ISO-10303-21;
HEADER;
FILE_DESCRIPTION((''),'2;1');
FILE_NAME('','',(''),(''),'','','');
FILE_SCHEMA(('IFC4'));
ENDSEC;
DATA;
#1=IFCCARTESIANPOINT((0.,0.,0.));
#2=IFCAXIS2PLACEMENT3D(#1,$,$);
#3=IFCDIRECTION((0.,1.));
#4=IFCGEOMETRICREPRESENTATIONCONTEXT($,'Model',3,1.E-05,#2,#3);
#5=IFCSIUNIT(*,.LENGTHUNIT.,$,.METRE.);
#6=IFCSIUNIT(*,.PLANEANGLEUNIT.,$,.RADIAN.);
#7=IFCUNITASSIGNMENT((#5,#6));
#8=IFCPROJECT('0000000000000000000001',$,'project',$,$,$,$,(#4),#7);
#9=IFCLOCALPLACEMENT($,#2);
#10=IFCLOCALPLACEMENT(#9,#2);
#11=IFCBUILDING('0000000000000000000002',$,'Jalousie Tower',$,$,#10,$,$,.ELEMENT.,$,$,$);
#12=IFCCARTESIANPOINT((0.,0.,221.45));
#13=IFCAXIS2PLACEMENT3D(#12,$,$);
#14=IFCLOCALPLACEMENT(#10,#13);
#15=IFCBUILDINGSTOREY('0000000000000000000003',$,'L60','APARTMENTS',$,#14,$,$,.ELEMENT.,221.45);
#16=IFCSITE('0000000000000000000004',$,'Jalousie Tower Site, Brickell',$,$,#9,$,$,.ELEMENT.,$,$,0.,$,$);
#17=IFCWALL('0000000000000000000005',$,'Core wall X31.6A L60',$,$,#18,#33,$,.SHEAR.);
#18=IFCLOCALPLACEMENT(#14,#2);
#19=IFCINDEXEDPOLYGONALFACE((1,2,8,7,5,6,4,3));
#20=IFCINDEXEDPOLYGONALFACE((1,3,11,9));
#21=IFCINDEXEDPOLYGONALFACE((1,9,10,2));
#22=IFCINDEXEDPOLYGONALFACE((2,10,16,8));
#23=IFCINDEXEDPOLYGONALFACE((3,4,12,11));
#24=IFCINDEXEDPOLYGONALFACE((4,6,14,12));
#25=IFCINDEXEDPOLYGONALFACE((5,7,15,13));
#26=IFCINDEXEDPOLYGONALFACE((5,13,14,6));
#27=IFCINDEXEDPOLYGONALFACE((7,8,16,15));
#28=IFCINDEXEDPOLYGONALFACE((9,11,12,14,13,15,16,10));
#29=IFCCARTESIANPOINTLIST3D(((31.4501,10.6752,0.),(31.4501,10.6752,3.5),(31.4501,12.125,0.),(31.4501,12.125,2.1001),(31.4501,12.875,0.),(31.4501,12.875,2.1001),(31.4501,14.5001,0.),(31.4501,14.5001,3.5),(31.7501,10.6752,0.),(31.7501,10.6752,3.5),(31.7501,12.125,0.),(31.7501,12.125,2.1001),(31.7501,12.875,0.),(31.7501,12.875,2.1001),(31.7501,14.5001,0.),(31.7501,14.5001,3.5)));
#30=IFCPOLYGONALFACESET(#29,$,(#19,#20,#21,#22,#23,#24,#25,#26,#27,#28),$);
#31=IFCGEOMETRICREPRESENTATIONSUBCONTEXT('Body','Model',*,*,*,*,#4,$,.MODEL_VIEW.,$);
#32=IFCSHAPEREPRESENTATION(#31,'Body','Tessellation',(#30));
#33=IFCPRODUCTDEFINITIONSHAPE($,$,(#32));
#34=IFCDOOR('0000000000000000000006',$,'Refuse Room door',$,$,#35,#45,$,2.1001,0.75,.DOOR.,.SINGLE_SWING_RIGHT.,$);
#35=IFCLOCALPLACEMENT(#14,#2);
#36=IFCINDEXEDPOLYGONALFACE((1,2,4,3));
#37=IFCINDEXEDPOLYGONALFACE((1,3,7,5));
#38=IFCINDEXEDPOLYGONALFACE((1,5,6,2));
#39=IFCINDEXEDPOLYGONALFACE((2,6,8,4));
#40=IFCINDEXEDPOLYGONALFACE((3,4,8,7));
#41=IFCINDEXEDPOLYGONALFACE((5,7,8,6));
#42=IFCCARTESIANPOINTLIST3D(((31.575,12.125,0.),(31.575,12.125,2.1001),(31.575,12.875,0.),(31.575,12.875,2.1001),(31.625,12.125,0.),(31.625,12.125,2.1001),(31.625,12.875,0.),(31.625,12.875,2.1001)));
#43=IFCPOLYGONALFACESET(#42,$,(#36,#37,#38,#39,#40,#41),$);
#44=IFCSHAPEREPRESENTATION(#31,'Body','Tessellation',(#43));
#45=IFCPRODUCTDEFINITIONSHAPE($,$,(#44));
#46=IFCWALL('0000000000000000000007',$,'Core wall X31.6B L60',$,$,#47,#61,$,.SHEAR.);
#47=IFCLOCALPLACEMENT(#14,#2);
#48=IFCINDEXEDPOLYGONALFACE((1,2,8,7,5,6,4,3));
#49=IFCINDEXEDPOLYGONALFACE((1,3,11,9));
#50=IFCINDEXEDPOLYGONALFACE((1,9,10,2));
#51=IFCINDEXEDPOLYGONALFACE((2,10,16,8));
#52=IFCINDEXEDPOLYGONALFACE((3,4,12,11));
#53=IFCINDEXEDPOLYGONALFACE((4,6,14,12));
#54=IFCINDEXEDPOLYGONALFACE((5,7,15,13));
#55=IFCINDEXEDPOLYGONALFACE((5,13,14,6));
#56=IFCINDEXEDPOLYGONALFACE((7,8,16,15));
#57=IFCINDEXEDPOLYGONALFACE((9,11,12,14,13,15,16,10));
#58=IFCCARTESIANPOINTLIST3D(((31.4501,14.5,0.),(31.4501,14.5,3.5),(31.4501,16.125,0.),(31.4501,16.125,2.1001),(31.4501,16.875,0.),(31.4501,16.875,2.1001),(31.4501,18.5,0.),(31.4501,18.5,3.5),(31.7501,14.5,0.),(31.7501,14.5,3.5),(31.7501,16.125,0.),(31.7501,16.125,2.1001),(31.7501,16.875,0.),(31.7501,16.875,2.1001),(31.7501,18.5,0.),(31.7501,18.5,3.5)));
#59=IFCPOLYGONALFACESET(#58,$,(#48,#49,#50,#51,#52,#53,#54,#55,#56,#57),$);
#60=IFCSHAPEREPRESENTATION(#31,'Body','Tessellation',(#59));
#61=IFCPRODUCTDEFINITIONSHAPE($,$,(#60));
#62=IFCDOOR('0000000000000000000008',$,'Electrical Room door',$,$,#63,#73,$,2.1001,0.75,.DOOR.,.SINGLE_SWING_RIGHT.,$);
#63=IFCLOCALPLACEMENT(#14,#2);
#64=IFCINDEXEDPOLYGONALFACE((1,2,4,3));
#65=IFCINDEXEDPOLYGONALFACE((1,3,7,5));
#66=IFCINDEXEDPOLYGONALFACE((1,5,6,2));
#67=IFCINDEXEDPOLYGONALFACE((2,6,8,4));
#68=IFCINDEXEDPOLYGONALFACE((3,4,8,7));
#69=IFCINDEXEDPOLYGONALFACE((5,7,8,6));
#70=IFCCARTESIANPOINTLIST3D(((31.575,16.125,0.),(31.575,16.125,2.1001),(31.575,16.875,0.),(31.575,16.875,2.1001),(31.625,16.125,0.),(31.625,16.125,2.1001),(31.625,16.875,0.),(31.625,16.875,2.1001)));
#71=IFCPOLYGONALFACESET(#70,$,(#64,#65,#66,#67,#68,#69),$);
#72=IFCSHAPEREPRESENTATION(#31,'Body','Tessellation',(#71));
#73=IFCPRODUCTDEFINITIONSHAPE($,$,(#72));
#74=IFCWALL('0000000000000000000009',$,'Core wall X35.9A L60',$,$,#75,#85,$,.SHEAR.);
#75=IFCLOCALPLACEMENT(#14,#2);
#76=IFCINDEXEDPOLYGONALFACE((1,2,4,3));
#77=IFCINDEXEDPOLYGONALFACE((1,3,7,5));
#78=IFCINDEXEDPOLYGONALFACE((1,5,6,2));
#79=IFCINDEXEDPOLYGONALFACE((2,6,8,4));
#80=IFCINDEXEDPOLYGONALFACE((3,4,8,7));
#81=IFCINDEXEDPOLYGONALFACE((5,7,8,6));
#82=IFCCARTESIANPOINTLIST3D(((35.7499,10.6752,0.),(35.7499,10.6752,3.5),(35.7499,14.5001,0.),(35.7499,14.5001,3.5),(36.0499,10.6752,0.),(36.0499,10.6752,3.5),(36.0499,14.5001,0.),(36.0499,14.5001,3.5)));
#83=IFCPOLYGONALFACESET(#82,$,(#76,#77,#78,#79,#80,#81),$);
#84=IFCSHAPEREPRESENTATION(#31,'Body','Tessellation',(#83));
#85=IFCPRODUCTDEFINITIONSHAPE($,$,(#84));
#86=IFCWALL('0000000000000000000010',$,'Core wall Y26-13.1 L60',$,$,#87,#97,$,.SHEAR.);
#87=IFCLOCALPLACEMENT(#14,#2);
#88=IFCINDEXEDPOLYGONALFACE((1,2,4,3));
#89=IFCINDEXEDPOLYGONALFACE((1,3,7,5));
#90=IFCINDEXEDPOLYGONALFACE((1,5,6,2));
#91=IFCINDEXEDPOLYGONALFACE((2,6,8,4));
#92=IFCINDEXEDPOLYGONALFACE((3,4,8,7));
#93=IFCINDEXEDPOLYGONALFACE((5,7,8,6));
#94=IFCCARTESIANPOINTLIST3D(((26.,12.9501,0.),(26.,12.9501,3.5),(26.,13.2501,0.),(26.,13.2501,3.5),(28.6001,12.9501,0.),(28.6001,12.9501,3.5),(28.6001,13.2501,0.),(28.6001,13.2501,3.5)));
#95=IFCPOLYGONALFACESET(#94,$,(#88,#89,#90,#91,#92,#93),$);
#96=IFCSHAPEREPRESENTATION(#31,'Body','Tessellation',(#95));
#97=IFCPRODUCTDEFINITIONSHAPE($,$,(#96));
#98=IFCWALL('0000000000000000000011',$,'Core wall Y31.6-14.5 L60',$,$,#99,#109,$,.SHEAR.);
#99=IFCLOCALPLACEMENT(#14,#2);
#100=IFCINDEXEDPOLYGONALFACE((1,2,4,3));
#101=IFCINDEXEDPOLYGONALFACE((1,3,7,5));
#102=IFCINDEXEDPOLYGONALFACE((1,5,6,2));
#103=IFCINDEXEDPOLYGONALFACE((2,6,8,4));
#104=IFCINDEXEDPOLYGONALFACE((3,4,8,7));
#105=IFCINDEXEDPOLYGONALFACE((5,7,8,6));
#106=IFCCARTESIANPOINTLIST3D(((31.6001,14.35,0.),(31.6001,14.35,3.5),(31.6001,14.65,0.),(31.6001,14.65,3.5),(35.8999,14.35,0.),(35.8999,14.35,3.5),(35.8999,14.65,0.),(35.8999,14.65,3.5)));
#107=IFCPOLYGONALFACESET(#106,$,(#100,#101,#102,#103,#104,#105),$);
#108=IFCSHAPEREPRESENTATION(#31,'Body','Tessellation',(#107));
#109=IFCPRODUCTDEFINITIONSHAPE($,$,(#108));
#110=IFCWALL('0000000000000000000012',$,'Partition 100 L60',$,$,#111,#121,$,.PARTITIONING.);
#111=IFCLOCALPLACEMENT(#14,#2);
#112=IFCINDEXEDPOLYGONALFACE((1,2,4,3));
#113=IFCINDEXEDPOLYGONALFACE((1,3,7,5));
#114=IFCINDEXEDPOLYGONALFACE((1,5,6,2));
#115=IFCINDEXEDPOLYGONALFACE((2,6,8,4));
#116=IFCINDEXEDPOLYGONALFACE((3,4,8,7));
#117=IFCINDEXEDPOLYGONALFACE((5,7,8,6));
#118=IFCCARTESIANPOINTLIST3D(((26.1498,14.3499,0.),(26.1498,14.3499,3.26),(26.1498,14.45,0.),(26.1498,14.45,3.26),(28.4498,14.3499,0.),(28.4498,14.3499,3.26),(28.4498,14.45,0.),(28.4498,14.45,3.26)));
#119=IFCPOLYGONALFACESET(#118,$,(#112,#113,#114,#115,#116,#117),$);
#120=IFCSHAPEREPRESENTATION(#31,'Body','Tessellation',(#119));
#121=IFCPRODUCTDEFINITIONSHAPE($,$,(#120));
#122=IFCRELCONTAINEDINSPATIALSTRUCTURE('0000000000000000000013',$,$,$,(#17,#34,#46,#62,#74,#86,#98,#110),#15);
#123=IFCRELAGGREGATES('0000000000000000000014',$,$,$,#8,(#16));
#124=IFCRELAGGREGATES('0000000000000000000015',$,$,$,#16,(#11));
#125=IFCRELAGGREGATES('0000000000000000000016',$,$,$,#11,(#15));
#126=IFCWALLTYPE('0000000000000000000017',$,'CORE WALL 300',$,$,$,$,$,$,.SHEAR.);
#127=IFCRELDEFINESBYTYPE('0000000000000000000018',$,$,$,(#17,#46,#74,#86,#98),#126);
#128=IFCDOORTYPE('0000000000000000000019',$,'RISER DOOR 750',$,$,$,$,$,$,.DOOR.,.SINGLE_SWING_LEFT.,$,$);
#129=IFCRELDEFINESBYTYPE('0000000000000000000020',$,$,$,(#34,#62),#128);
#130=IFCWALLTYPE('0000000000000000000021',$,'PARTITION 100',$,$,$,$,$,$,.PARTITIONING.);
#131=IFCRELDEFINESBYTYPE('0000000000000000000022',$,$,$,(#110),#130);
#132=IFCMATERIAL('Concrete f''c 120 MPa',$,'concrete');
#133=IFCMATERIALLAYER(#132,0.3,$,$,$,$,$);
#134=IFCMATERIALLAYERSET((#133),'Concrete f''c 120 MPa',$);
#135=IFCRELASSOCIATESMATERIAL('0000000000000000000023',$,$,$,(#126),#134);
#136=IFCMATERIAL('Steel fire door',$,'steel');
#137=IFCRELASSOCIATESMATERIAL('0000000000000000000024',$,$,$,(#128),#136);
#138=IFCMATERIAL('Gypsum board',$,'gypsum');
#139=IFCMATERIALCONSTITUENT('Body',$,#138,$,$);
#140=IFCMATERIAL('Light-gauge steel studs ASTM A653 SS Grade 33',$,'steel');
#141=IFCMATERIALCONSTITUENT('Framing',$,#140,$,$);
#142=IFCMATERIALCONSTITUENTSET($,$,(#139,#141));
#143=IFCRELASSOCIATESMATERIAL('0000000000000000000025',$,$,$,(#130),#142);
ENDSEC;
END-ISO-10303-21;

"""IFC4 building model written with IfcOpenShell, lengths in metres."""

from ifc_helpers import new_model, si_unit, direction, frame, frame_2d, origin, place, context, subcontext, project, spatial, rectangle, extrude, material, layer, layer_set, constituent, constituent_set, type_object, element, fill, save


model = new_model("IFC4")

# Units and contexts
model_context = context("Model", 3, precision=1e-05, world=origin(), true_north=direction((0.0, 1.0)))
body_context = subcontext(model_context, "Body", "Model", "MODEL_VIEW")
ifc_project = project(units=[si_unit("LENGTHUNIT", "METRE"), si_unit("PLANEANGLEUNIT", "RADIAN")], contexts=[model_context])

# Site, building, storey
site_placement = place(None, origin())
site = spatial("IfcSite", under=ifc_project, at=site_placement, Name="Jalousie Tower Site, Brickell", CompositionType="ELEMENT", RefElevation=0.0)
building_placement = place(site_placement, origin())
building = spatial("IfcBuilding", under=site, at=building_placement, Name="Jalousie Tower", CompositionType="ELEMENT")
storey_placement = place(building_placement, frame((0.0, 0.0, 221.45)))
storey = spatial("IfcBuildingStorey", under=building, at=storey_placement, Name="L60", Description="APARTMENTS", CompositionType="ELEMENT", Elevation=221.45)

# Shared definitions
ifc_material_1 = material(Name="Concrete f'c 120 MPa", Category="concrete")
ifc_layer_1 = layer(ifc_material_1, 0.3)
ifc_layer_set_1 = layer_set([ifc_layer_1], Name="Concrete f'c 120 MPa")
wall_type_1 = type_object("IfcWallType", Name="CORE WALL 300", PredefinedType="SHEAR", material=ifc_layer_set_1)

# Walls, openings, doors
wall_1_placement = place(storey_placement, frame((31.6001, 10.675, 0.0), z_axis=(0.0, 0.0, 1.0), x_axis=(0.0, 1.0, 0.0)))
wall_1 = element("IfcWall", 1, at=wall_1_placement, inside=storey, type_object=wall_type_1, Name="Core wall X31.6A L60", PredefinedType="SHEAR", context=body_context, shape_type="SweptSolid", body=[
    extrude(rectangle(XDim=3.825, YDim=0.3, at=frame_2d((1.9126, 0.0))), origin(), (0.0, 0.0, 1.0), 3.5),
])
opening_1_placement = place(wall_1_placement, frame((1.45, 0.0, 0.0)))
opening_1 = element("IfcOpeningElement", 2, at=opening_1_placement, cuts=wall_1, PredefinedType="OPENING", context=body_context, shape_type="SweptSolid", body=[
    extrude(rectangle(XDim=0.75, YDim=2.1001, at=frame_2d((0.375, 1.05))), frame((0.0, 0.1599, 0.0), z_axis=(0.0, -1.0, 0.0), x_axis=(1.0, 0.0, 0.0)), (0.0, 0.0, 1.0), 0.3201),
])
ifc_material_2 = material(Name="Steel fire door", Category="steel")
door_type_1 = type_object("IfcDoorType", Name="RISER DOOR 750", OperationType="SINGLE_SWING_LEFT", PredefinedType="DOOR", material=ifc_material_2)
door_1_placement = place(opening_1_placement, frame((0.75, 0.0, 0.0), z_axis=(0.0, 0.0, 1.0), x_axis=(-1.0, 0.0, 0.0)))
door_1 = element("IfcDoor", 3, at=door_1_placement, inside=storey, type_object=door_type_1, Name="Refuse Room door", OperationType="SINGLE_SWING_RIGHT", OverallHeight=2.1001, OverallWidth=0.75, PredefinedType="DOOR", context=body_context, shape_type="SweptSolid", body=[
    extrude(rectangle(XDim=0.75, YDim=2.1001, at=frame_2d((0.375, 1.05))), frame((0.0, 0.0249, 0.0), z_axis=(0.0, -1.0, 0.0), x_axis=(1.0, 0.0, 0.0)), (0.0, 0.0, 1.0), 0.05),
])
fill(opening_1, door_1)
wall_2_placement = place(storey_placement, frame((31.6001, 14.5, 0.0), z_axis=(0.0, 0.0, 1.0), x_axis=(0.0, 1.0, 0.0)))
wall_2 = element("IfcWall", 4, at=wall_2_placement, inside=storey, type_object=wall_type_1, Name="Core wall X31.6B L60", PredefinedType="SHEAR", context=body_context, shape_type="SweptSolid", body=[
    extrude(rectangle(XDim=4.0, YDim=0.3, at=frame_2d((2.0, 0.0))), origin(), (0.0, 0.0, 1.0), 3.5),
])
opening_2_placement = place(wall_2_placement, frame((1.625, 0.0, 0.0)))
opening_2 = element("IfcOpeningElement", 5, at=opening_2_placement, cuts=wall_2, PredefinedType="OPENING", context=body_context, shape_type="SweptSolid", body=[
    extrude(rectangle(XDim=0.75, YDim=2.1001, at=frame_2d((0.375, 1.05))), frame((0.0, 0.1599, 0.0), z_axis=(0.0, -1.0, 0.0), x_axis=(1.0, 0.0, 0.0)), (0.0, 0.0, 1.0), 0.3201),
])
door_2_placement = place(opening_2_placement, frame((0.75, 0.0, 0.0), z_axis=(0.0, 0.0, 1.0), x_axis=(-1.0, 0.0, 0.0)))
door_2 = element("IfcDoor", 6, at=door_2_placement, inside=storey, type_object=door_type_1, Name="Electrical Room door", OperationType="SINGLE_SWING_RIGHT", OverallHeight=2.1001, OverallWidth=0.75, PredefinedType="DOOR", context=body_context, shape_type="SweptSolid", body=[
    extrude(rectangle(XDim=0.75, YDim=2.1001, at=frame_2d((0.375, 1.05))), frame((0.0, 0.0249, 0.0), z_axis=(0.0, -1.0, 0.0), x_axis=(1.0, 0.0, 0.0)), (0.0, 0.0, 1.0), 0.05),
])
fill(opening_2, door_2)

# Walls
wall_3_placement = place(storey_placement, frame((35.8999, 10.675, 0.0), z_axis=(0.0, 0.0, 1.0), x_axis=(0.0, 1.0, 0.0)))
element("IfcWall", 7, at=wall_3_placement, inside=storey, type_object=wall_type_1, Name="Core wall X35.9A L60", PredefinedType="SHEAR", context=body_context, shape_type="SweptSolid", body=[
    extrude(rectangle(XDim=3.825, YDim=0.3, at=frame_2d((1.9126, 0.0))), origin(), (0.0, 0.0, 1.0), 3.5),
])
wall_4_placement = place(storey_placement, frame((26.0, 13.1001, 0.0), z_axis=(0.0, 0.0, 1.0), x_axis=(1.0, 0.0, 0.0)))
element("IfcWall", 8, at=wall_4_placement, inside=storey, type_object=wall_type_1, Name="Core wall Y26-13.1 L60", PredefinedType="SHEAR", context=body_context, shape_type="SweptSolid", body=[
    extrude(rectangle(XDim=2.6001, YDim=0.3, at=frame_2d((1.3, 0.0))), origin(), (0.0, 0.0, 1.0), 3.5),
])
wall_5_placement = place(storey_placement, frame((31.6001, 14.5, 0.0), z_axis=(0.0, 0.0, 1.0), x_axis=(1.0, 0.0, 0.0)))
element("IfcWall", 9, at=wall_5_placement, inside=storey, type_object=wall_type_1, Name="Core wall Y31.6-14.5 L60", PredefinedType="SHEAR", context=body_context, shape_type="SweptSolid", body=[
    extrude(rectangle(XDim=4.2998, YDim=0.3, at=frame_2d((2.1499, 0.0))), origin(), (0.0, 0.0, 1.0), 3.5),
])
ifc_material_3 = material(Name="Gypsum board", Category="gypsum")
ifc_constituent_1 = constituent(ifc_material_3, Name="Body")
ifc_material_4 = material(Name="Light-gauge steel studs ASTM A653 SS Grade 33", Category="steel")
ifc_constituent_2 = constituent(ifc_material_4, Name="Framing")
ifc_constituent_set = constituent_set(constituents=[ifc_constituent_1, ifc_constituent_2])
wall_type_2 = type_object("IfcWallType", Name="PARTITION 100", PredefinedType="PARTITIONING", material=ifc_constituent_set)
wall_6_placement = place(storey_placement, frame((26.1499, 14.3999, 0.0), z_axis=(0.0, 0.0, 1.0), x_axis=(1.0, 0.0, 0.0)))
element("IfcWall", 10, at=wall_6_placement, inside=storey, type_object=wall_type_2, Name="Partition 100 L60", PredefinedType="PARTITIONING", context=body_context, shape_type="SweptSolid", body=[
    extrude(rectangle(XDim=2.3, YDim=0.1001, at=frame_2d((1.1499, 0.0))), origin(), (0.0, 0.0, 1.0), 3.26),
])

save(model, "model.ifc")
